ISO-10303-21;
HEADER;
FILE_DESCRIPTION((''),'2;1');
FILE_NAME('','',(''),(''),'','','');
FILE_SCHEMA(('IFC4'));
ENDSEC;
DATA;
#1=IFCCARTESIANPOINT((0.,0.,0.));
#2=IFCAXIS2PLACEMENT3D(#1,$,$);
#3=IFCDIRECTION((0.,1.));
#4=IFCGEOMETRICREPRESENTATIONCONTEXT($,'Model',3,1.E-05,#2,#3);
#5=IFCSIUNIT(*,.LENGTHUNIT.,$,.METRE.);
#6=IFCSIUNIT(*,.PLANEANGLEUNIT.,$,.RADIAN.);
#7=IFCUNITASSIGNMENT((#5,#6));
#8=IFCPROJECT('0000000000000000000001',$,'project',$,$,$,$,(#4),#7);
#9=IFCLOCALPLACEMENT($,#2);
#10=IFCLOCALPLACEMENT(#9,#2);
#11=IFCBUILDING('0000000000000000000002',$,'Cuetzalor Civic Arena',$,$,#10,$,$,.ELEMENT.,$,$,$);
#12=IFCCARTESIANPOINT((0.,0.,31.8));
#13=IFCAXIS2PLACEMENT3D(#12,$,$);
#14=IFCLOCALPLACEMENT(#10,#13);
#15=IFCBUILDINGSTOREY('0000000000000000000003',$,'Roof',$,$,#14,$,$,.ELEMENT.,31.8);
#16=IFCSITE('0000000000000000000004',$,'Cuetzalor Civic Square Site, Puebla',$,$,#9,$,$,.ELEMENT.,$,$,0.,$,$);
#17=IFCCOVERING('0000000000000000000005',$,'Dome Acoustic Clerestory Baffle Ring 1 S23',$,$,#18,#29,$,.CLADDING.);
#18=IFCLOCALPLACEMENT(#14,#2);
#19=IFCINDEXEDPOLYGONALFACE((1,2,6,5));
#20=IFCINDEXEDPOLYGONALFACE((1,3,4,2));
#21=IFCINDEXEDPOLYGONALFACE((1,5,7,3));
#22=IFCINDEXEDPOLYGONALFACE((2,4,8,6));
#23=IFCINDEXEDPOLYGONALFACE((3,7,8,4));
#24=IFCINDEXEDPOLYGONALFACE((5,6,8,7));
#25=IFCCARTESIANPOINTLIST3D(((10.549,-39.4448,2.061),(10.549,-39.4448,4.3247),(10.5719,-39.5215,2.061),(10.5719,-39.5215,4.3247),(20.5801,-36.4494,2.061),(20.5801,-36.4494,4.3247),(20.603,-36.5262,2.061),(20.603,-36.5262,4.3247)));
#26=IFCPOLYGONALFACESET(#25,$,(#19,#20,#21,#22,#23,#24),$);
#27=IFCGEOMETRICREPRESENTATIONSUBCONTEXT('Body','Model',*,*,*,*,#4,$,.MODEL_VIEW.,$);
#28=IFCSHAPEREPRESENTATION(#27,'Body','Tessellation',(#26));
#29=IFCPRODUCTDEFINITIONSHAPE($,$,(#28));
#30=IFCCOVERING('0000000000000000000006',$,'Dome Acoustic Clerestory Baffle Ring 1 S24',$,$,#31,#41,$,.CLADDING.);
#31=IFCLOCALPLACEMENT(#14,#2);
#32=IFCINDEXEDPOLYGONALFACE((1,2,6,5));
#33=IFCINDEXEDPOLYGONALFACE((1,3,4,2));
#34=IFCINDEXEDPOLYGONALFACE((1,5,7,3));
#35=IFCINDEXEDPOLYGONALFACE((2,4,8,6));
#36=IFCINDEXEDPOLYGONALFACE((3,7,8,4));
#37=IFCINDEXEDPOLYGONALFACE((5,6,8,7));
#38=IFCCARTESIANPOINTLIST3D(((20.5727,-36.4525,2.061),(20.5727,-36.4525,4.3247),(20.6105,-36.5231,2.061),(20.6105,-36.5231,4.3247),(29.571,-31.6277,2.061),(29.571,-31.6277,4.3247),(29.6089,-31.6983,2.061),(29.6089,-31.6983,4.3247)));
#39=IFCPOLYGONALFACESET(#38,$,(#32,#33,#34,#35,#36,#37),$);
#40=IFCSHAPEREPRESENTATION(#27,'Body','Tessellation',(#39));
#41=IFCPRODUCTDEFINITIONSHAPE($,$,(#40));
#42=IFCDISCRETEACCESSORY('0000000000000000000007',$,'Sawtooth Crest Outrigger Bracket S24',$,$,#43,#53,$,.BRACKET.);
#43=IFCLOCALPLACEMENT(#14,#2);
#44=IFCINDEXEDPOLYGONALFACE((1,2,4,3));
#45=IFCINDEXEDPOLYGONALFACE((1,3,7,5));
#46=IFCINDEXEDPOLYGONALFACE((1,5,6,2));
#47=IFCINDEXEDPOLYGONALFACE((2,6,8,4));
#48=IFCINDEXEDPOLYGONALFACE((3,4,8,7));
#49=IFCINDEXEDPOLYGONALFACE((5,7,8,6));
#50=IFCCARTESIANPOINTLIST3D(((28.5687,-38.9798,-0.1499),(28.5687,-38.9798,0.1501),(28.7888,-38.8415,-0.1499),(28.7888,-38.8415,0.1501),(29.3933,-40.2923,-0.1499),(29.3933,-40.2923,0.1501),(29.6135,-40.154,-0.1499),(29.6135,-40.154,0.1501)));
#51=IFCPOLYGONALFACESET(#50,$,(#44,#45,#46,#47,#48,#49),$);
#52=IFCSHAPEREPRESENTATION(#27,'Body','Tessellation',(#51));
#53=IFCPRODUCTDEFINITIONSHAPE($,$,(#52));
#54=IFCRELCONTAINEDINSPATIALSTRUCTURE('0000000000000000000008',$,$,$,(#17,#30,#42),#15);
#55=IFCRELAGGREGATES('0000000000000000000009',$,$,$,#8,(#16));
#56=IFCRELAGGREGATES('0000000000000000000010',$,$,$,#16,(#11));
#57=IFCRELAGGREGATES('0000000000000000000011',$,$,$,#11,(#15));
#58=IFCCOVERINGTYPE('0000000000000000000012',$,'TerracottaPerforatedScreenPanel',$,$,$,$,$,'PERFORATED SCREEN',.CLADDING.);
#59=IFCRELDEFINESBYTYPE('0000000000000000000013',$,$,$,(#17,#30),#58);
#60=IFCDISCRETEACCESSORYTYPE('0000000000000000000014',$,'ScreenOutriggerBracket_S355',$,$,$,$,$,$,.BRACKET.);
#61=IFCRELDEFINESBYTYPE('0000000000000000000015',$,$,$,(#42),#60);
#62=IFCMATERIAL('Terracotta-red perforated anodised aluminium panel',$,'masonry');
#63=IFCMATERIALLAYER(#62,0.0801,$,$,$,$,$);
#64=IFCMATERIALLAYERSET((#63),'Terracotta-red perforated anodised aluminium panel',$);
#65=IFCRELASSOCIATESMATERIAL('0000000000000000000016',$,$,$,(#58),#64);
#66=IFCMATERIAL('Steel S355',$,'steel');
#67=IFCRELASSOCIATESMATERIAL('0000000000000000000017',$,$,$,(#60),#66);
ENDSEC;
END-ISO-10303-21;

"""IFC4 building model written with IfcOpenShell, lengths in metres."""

from ifc_helpers import new_model, si_unit, direction, frame, frame_2d, origin, origin_2d, place, context, subcontext, project, spatial, rectangle, extrude, material, layer, layer_set, type_object, element, save


model = new_model("IFC4")

# Units and contexts
model_context = context("Model", 3, precision=1e-05, world=origin(), true_north=direction((0.0, 1.0)))
body_context = subcontext(model_context, "Body", "Model", "MODEL_VIEW")
ifc_project = project(units=[si_unit("LENGTHUNIT", "METRE"), si_unit("PLANEANGLEUNIT", "RADIAN")], contexts=[model_context])

# Site, building, storey
site_placement = place(None, origin())
site = spatial("IfcSite", under=ifc_project, at=site_placement, Name="Cuetzalor Civic Square Site, Puebla", CompositionType="ELEMENT", RefElevation=0.0)
building_placement = place(site_placement, origin())
building = spatial("IfcBuilding", under=site, at=building_placement, Name="Cuetzalor Civic Arena", CompositionType="ELEMENT")
storey_placement = place(building_placement, frame((0.0, 0.0, 31.8)))
storey = spatial("IfcBuildingStorey", under=building, at=storey_placement, Name="Roof", CompositionType="ELEMENT", Elevation=31.8)

# Coverings
ifc_material_1 = material(Name="Terracotta-red perforated anodised aluminium panel", Category="masonry")
ifc_layer_1 = layer(ifc_material_1, 0.0801)
ifc_layer_set_1 = layer_set([ifc_layer_1], Name="Terracotta-red perforated anodised aluminium panel")
covering_type = type_object("IfcCoveringType", Name="TerracottaPerforatedScreenPanel", ElementType="PERFORATED SCREEN", PredefinedType="CLADDING", material=ifc_layer_set_1)
covering_1_placement = place(storey_placement, frame((20.5916, -36.4878, 2.061), z_axis=(0.0, 0.0, 1.0), x_axis=(-0.958192, -0.286126, 0.0)))
element("IfcCovering", 1, at=covering_1_placement, inside=storey, type_object=covering_type, Name="Dome Acoustic Clerestory Baffle Ring 1 S23", PredefinedType="CLADDING", context=body_context, shape_type="SweptSolid", body=[
    extrude(rectangle(XDim=10.4688, YDim=0.0801, at=frame_2d((5.2344, 0.0))), origin(), (0.0, 0.0, 1.0), 2.2637),
])
covering_2_placement = place(storey_placement, frame((29.5898, -31.6631, 2.061), z_axis=(0.0, 0.0, 1.0), x_axis=(-0.881309, -0.472541, 0.0)))
element("IfcCovering", 2, at=covering_2_placement, inside=storey, type_object=covering_type, Name="Dome Acoustic Clerestory Baffle Ring 1 S24", PredefinedType="CLADDING", context=body_context, shape_type="SweptSolid", body=[
    extrude(rectangle(XDim=10.2102, YDim=0.0801, at=frame_2d((5.105, 0.0))), origin(), (0.0, 0.0, 1.0), 2.2637),
])

# Discrete accessory
ifc_material_2 = material(Name="Steel S355", Category="steel")
discrete_accessory_type = type_object("IfcDiscreteAccessoryType", Name="ScreenOutriggerBracket_S355", PredefinedType="BRACKET", material=ifc_material_2)
discrete_accessory_placement = place(storey_placement, frame((29.0911, -39.5669, -0.1499), z_axis=(0.0, 0.0, 1.0), x_axis=(0.53199, -0.846751, 0.0)))
element("IfcDiscreteAccessory", 3, at=discrete_accessory_placement, inside=storey, type_object=discrete_accessory_type, Name="Sawtooth Crest Outrigger Bracket S24", PredefinedType="BRACKET", context=body_context, shape_type="SweptSolid", body=[
    extrude(rectangle(XDim=1.55, YDim=0.26, at=origin_2d()), origin(), (0.0, 0.0, 1.0), 0.3),
])

save(model, "model.ifc")
